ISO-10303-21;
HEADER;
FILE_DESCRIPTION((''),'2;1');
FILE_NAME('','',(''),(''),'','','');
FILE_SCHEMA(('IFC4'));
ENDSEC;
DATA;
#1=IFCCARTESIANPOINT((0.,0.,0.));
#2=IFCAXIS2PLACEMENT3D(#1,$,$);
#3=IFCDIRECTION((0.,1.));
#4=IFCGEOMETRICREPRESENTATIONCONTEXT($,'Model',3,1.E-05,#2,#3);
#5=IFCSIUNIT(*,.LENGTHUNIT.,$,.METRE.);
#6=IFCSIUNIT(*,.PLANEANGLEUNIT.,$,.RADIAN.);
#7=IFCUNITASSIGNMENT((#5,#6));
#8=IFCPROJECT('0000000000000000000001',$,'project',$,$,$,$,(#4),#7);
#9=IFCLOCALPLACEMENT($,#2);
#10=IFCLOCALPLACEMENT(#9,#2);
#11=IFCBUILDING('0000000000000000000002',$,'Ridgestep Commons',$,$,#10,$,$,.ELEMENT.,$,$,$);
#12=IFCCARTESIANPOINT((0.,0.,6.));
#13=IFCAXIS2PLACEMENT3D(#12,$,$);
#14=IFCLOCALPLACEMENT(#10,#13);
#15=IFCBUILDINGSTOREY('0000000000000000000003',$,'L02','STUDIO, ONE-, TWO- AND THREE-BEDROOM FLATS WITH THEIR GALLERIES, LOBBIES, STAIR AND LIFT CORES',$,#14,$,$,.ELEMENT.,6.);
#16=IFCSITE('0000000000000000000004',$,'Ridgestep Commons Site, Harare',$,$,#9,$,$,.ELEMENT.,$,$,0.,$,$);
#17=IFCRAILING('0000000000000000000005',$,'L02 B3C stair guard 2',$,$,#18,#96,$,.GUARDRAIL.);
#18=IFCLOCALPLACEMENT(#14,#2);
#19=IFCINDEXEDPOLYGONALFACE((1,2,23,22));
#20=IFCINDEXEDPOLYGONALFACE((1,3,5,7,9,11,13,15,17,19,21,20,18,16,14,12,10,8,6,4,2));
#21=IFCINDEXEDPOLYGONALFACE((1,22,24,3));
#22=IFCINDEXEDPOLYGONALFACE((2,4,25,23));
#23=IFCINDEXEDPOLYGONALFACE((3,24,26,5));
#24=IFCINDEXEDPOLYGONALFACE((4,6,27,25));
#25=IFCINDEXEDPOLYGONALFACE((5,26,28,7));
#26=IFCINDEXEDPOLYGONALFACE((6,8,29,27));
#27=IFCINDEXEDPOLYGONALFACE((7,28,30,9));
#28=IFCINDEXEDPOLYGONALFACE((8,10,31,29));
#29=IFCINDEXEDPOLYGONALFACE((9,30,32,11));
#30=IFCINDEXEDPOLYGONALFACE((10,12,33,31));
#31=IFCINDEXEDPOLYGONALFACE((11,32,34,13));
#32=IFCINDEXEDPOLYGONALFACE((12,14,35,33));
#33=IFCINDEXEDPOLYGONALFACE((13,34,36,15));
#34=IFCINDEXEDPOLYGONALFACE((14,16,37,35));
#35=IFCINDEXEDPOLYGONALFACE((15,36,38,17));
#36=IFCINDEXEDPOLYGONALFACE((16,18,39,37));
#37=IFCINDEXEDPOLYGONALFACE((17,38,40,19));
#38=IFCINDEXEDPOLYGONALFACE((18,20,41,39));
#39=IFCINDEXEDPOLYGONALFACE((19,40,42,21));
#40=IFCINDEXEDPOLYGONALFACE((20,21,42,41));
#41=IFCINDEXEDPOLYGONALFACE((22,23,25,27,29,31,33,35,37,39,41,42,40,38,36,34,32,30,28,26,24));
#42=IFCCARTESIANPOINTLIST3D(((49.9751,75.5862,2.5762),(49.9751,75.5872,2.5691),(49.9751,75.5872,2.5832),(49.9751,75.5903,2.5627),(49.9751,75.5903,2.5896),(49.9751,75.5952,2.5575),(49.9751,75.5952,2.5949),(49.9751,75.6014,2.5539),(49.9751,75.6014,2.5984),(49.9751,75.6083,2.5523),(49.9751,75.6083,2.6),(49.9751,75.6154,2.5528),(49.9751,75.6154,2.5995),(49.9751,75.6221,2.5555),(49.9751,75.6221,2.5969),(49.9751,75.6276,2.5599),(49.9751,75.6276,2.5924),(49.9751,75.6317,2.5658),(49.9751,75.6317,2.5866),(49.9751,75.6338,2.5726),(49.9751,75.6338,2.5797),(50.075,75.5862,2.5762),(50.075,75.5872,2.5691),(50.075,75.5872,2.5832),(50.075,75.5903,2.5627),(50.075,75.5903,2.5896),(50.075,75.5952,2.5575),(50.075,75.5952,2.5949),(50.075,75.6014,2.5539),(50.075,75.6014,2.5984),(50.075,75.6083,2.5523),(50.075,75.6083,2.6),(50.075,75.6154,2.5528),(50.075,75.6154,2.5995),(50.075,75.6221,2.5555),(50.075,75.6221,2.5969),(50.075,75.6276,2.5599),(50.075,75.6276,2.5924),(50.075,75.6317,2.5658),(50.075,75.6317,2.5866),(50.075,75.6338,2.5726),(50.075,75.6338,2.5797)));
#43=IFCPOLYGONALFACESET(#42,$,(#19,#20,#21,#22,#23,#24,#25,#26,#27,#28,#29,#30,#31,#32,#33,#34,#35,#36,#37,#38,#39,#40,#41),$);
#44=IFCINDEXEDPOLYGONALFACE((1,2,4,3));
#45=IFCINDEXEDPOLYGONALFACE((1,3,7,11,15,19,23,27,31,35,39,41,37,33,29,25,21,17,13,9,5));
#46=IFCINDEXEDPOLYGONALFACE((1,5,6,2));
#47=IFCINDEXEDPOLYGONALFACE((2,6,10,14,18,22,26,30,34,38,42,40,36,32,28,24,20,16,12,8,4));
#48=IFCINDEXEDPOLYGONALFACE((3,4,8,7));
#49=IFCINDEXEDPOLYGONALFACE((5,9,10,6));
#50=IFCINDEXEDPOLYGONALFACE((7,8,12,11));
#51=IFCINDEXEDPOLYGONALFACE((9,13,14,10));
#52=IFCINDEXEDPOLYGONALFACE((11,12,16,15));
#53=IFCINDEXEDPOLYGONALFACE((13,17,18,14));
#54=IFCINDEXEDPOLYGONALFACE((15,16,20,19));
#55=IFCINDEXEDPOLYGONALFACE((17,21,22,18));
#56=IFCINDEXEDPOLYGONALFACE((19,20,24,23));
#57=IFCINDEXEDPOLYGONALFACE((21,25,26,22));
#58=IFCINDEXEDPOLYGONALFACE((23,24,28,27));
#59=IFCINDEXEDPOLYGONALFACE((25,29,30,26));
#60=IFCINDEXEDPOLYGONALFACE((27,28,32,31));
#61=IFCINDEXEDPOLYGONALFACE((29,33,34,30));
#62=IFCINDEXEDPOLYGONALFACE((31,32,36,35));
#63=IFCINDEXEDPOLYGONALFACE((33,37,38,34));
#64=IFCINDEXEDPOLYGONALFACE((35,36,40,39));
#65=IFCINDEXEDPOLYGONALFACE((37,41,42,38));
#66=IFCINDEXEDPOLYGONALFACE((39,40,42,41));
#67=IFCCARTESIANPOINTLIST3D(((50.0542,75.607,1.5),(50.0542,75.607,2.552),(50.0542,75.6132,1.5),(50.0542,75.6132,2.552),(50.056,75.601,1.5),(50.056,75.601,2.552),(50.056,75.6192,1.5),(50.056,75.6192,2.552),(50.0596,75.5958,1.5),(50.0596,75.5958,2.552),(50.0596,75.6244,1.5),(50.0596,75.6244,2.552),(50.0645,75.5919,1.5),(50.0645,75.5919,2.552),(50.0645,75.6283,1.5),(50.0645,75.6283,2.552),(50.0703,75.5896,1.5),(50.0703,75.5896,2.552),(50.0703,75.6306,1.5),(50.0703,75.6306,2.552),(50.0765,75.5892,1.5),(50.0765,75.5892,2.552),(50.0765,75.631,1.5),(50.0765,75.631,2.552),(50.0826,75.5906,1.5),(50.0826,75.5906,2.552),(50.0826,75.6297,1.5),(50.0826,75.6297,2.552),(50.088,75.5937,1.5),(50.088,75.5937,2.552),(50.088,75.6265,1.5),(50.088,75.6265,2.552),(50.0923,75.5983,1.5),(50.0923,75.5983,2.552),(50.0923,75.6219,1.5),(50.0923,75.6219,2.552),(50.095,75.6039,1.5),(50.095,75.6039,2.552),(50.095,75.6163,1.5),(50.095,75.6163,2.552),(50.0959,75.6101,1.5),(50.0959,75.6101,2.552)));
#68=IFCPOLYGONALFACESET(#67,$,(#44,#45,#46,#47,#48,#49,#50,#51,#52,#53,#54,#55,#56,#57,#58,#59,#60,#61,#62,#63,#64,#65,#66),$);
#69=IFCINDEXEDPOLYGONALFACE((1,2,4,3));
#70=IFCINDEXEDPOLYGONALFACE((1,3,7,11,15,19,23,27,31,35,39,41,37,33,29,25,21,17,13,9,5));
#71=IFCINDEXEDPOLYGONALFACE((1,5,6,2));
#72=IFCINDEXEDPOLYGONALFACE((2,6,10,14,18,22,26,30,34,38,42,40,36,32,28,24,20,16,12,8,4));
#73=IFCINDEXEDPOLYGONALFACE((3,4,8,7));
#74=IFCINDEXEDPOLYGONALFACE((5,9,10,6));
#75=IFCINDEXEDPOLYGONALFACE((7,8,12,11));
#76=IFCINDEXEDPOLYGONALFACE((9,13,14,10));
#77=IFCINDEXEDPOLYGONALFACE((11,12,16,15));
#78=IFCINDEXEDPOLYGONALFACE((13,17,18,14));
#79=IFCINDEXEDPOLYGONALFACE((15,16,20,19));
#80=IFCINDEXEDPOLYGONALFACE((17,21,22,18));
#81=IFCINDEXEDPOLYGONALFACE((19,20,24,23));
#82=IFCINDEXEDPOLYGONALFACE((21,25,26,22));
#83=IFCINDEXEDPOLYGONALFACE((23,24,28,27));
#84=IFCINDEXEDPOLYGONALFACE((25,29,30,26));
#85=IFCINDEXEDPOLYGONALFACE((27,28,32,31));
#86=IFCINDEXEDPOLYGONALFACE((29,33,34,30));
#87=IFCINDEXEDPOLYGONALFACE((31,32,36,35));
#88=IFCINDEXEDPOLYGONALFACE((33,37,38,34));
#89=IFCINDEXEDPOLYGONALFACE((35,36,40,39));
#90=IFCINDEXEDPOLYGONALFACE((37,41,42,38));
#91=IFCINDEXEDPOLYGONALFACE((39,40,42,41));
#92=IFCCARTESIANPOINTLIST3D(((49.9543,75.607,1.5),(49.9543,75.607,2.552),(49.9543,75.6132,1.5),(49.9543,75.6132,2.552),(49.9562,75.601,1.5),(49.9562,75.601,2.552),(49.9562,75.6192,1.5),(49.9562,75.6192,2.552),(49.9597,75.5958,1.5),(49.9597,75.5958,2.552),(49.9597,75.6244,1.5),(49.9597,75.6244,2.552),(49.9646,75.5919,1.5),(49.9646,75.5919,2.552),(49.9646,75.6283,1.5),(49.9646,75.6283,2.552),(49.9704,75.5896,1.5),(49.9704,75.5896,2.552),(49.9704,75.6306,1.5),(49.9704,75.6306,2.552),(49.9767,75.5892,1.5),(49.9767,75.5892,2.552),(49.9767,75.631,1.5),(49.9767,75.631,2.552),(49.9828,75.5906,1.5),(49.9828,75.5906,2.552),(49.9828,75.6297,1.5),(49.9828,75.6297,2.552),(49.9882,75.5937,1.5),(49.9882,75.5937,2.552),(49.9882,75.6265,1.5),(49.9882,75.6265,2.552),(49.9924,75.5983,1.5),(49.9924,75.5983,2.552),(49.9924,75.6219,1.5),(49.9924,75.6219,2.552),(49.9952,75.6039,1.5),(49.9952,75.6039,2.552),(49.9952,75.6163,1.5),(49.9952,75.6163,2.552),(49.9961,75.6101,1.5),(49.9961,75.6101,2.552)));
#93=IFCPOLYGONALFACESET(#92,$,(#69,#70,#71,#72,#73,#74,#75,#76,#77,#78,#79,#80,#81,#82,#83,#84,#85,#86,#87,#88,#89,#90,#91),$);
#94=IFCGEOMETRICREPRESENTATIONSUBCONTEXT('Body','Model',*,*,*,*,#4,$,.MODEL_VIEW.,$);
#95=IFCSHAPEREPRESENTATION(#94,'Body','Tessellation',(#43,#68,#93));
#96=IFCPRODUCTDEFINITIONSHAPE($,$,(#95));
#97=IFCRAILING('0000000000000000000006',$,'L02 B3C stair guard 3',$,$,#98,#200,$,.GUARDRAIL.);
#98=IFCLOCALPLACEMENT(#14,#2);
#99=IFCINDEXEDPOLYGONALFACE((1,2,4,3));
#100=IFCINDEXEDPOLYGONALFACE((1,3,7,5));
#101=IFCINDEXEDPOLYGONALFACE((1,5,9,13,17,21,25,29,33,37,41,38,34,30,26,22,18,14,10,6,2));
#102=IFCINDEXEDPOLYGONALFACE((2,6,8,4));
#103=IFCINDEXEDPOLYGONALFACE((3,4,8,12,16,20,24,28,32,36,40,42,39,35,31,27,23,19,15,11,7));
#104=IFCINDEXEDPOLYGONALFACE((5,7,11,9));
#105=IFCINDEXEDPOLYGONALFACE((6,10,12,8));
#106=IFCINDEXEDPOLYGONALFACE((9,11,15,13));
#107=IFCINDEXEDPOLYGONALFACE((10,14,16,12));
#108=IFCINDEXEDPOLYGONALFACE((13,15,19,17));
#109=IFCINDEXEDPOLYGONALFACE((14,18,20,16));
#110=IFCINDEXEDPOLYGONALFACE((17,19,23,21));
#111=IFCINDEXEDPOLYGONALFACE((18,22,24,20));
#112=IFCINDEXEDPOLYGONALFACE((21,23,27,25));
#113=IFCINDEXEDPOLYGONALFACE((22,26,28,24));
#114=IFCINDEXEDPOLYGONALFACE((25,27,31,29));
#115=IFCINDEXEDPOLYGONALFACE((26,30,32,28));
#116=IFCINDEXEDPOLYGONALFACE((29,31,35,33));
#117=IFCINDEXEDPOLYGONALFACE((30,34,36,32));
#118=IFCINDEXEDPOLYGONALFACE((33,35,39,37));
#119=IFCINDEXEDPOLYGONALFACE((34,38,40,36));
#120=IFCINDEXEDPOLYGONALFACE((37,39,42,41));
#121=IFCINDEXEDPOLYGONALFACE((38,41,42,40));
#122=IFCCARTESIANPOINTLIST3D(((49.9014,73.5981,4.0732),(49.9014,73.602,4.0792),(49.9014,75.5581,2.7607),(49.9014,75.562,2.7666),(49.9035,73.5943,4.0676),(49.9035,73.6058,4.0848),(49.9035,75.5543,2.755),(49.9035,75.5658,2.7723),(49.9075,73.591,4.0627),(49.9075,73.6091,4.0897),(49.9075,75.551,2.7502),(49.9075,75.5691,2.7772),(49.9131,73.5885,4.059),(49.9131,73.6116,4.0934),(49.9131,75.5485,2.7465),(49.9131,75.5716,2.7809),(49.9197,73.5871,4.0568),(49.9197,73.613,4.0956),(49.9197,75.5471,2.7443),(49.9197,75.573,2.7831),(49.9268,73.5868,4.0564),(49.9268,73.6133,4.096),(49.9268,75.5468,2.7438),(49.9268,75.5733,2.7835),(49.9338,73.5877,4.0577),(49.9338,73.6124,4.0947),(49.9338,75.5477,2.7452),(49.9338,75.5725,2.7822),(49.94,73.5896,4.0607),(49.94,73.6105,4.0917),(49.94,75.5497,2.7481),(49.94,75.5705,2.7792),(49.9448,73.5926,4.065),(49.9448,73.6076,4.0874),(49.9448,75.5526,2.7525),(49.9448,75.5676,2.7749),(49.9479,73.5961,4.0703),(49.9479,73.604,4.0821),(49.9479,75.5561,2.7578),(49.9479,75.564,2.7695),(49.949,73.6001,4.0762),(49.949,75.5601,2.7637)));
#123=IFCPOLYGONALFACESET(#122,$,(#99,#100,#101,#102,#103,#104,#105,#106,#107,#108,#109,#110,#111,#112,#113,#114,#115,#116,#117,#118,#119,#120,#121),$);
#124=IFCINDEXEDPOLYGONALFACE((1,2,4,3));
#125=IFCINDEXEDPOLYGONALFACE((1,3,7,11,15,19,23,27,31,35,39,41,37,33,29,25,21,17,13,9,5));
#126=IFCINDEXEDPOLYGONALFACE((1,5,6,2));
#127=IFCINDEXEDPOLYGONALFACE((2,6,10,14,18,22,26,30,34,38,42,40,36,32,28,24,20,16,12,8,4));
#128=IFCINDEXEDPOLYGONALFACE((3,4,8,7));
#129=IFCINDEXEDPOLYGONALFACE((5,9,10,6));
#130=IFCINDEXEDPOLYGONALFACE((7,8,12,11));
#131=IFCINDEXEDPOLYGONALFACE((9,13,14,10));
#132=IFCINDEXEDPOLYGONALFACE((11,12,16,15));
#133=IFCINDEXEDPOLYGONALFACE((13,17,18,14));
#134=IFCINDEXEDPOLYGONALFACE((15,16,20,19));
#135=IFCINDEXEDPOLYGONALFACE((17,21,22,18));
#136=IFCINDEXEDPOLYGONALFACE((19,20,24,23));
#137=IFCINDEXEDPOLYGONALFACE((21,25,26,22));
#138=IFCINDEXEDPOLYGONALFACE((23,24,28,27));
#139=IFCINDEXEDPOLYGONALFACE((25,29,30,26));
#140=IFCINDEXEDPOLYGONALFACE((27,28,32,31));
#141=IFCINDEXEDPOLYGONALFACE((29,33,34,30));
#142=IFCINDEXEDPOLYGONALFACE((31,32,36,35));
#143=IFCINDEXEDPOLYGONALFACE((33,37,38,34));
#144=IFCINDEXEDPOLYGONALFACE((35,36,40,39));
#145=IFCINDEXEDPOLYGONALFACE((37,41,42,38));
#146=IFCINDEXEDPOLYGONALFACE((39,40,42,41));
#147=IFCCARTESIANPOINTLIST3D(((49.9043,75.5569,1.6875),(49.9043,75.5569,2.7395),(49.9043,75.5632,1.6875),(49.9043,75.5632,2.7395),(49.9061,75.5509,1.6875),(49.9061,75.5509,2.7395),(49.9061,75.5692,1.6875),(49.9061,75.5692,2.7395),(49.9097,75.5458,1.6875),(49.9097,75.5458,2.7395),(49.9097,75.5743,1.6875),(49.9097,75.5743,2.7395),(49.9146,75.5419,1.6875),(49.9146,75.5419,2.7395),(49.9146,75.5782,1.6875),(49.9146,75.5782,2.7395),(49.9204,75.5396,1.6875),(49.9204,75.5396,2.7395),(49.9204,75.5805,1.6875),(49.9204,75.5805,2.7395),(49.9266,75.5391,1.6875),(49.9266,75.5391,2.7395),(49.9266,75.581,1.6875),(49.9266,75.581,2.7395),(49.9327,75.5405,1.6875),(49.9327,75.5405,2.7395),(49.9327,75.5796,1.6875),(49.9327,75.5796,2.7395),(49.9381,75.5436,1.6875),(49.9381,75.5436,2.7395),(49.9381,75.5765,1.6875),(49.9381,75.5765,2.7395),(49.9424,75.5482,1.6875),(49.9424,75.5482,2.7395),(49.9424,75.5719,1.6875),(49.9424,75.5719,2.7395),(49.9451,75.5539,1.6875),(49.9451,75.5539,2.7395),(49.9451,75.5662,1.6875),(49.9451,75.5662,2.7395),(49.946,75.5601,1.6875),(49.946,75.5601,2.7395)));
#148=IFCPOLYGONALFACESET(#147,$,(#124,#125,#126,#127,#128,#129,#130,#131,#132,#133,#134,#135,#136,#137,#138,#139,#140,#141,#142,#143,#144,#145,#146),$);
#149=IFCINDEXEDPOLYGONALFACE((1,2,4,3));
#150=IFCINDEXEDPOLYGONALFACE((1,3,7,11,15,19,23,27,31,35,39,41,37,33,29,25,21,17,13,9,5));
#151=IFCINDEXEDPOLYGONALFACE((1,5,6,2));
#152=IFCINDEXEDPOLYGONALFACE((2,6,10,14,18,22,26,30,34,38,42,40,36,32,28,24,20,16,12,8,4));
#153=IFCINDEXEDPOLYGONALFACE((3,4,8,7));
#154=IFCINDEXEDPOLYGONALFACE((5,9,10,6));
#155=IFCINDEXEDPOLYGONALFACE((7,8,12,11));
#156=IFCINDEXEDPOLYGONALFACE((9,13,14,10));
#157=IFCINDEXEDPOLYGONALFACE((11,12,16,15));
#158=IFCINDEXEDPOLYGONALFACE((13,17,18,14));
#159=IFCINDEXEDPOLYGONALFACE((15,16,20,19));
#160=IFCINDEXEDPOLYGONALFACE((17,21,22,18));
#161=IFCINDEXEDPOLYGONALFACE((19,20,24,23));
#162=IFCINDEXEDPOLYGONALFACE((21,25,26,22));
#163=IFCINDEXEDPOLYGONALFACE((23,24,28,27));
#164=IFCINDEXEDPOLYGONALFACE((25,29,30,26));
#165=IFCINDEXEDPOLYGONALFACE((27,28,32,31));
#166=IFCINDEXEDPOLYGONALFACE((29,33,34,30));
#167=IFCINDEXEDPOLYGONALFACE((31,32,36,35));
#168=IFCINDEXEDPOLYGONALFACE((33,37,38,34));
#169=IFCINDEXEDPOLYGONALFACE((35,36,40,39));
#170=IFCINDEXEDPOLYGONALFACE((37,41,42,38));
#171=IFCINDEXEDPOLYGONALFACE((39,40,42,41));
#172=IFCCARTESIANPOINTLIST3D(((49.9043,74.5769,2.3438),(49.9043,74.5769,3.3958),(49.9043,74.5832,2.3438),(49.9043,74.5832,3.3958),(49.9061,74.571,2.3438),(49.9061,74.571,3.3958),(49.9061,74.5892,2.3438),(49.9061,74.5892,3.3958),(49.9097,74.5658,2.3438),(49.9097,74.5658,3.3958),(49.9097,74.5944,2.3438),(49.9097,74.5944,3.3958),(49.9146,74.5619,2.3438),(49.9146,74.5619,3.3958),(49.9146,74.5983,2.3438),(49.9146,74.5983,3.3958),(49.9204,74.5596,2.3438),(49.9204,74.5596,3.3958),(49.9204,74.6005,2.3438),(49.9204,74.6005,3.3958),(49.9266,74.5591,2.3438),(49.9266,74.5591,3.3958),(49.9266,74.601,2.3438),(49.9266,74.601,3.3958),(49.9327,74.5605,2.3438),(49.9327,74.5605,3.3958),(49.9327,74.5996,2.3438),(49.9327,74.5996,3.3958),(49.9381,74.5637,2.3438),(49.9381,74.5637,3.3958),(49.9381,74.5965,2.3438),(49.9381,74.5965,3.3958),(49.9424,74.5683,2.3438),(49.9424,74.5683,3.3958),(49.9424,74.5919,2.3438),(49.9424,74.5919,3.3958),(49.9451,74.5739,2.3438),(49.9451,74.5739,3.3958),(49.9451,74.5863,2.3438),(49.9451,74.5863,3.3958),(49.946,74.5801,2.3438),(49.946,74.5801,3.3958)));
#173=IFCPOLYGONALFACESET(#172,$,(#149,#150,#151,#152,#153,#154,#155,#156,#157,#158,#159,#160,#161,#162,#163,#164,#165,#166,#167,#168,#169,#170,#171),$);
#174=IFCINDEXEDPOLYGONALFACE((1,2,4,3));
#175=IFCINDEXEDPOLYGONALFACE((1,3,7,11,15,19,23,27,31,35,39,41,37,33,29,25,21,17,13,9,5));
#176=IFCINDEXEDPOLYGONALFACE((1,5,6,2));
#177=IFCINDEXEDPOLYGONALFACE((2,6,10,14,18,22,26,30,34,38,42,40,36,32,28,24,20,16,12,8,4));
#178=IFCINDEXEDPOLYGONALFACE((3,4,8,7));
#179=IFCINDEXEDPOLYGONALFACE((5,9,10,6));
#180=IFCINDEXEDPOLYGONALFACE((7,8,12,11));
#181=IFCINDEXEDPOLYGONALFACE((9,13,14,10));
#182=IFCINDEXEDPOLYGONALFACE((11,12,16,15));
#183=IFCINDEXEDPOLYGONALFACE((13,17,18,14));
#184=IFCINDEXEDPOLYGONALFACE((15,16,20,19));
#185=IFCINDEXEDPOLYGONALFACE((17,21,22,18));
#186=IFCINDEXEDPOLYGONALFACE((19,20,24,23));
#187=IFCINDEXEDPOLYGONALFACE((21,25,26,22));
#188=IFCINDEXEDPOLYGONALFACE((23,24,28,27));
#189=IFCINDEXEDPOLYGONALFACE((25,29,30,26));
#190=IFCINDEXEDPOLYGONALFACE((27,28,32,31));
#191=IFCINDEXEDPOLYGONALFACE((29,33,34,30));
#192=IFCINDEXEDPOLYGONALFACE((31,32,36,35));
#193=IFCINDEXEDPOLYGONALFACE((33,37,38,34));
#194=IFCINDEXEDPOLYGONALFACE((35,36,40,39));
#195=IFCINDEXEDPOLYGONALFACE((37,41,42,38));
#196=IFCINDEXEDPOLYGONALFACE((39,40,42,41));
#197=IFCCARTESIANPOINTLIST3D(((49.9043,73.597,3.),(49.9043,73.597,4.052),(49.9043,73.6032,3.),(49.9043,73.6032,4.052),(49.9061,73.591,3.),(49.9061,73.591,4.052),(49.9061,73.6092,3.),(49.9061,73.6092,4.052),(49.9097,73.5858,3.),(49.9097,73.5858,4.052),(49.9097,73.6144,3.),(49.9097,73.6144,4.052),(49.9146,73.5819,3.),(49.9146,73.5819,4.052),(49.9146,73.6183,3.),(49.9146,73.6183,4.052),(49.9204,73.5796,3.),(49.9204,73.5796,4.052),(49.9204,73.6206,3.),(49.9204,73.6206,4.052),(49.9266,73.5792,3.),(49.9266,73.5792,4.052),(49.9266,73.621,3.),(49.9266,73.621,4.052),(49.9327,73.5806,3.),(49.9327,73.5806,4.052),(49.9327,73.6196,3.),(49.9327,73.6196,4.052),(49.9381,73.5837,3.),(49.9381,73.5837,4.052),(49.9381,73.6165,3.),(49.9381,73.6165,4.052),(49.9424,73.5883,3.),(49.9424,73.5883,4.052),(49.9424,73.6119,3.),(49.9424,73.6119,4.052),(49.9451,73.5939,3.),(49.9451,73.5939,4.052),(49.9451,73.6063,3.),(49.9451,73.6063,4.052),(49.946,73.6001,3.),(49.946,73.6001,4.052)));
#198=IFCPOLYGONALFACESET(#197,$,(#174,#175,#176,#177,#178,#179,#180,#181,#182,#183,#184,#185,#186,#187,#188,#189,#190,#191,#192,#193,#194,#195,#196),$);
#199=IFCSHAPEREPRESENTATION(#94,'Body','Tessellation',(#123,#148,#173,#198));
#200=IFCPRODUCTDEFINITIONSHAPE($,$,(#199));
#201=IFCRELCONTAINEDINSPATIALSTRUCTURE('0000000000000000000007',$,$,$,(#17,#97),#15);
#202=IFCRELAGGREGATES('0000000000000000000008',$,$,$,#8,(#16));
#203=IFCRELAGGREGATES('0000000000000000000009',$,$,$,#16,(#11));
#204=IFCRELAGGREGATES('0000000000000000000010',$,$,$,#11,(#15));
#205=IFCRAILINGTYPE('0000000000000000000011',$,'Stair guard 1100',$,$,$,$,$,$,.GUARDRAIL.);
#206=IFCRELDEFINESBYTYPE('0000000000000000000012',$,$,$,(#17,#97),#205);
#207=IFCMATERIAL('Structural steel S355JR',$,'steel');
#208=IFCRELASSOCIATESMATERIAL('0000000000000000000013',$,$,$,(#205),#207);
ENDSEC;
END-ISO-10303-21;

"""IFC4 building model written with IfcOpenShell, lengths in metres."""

from ifc_helpers import new_model, si_unit, direction, frame, origin, origin_2d, place, context, subcontext, project, spatial, circle, extrude, material, type_object, element, save


model = new_model("IFC4")

# Units and contexts
model_context = context("Model", 3, precision=1e-05, world=origin(), true_north=direction((0.0, 1.0)))
body_context = subcontext(model_context, "Body", "Model", "MODEL_VIEW")
ifc_project = project(units=[si_unit("LENGTHUNIT", "METRE"), si_unit("PLANEANGLEUNIT", "RADIAN")], contexts=[model_context])

# Site, building, storey
site_placement = place(None, origin())
site = spatial("IfcSite", under=ifc_project, at=site_placement, Name="Ridgestep Commons Site, Harare", CompositionType="ELEMENT", RefElevation=0.0)
building_placement = place(site_placement, origin())
building = spatial("IfcBuilding", under=site, at=building_placement, Name="Ridgestep Commons", CompositionType="ELEMENT")
storey_placement = place(building_placement, frame((0.0, 0.0, 6.0)))
storey = spatial("IfcBuildingStorey", under=building, at=storey_placement, Name="L02", Description="STUDIO, ONE-, TWO- AND THREE-BEDROOM FLATS WITH THEIR GALLERIES, LOBBIES, STAIR AND LIFT CORES", CompositionType="ELEMENT", Elevation=6.0)

# Railings
ifc_material_1 = material(Name="Structural steel S355JR", Category="steel")
railing_type_1 = type_object("IfcRailingType", Name="Stair guard 1100", PredefinedType="GUARDRAIL", material=ifc_material_1)
railing_1_placement = place(storey_placement, frame((50.075, 75.6101, 1.5)))
element("IfcRailing", 1, at=railing_1_placement, inside=storey, type_object=railing_type_1, Name="L02 B3C stair guard 2", PredefinedType="GUARDRAIL", context=body_context, shape_type="SweptSolid", body=[
    extrude(circle(Radius=0.0239, at=origin_2d()), frame((0.0, 0.0, 1.0762), z_axis=(-1.0, 0.0, 0.0), x_axis=(0.0, -1.0, 0.0)), (0.0, 0.0, 1.0), 0.0999),
    extrude(circle(Radius=0.021, at=origin_2d()), origin(), (0.0, 0.0, 1.0), 1.052),
    extrude(circle(Radius=0.021, at=origin_2d()), frame((-0.0999, 0.0, 0.0)), (0.0, 0.0, 1.0), 1.052),
])
railing_2_placement = place(storey_placement, frame((49.925, 75.5601, 1.6875)))
element("IfcRailing", 2, at=railing_2_placement, inside=storey, type_object=railing_type_1, Name="L02 B3C stair guard 3", PredefinedType="GUARDRAIL", context=body_context, shape_type="SweptSolid", body=[
    extrude(circle(Radius=0.0239, at=origin_2d()), frame((0.0, 0.0, 1.0762), z_axis=(0.0, -0.830902, 0.556419), x_axis=(1.0, 0.0, 0.0)), (0.0, 0.0, 1.0), 2.3589),
    extrude(circle(Radius=0.021, at=origin_2d()), origin(), (0.0, 0.0, 1.0), 1.052),
    extrude(circle(Radius=0.021, at=origin_2d()), frame((0.0, -0.98, 0.6562)), (0.0, 0.0, 1.0), 1.052),
    extrude(circle(Radius=0.021, at=origin_2d()), frame((0.0, -1.96, 1.3125)), (0.0, 0.0, 1.0), 1.052),
])

save(model, "model.ifc")
